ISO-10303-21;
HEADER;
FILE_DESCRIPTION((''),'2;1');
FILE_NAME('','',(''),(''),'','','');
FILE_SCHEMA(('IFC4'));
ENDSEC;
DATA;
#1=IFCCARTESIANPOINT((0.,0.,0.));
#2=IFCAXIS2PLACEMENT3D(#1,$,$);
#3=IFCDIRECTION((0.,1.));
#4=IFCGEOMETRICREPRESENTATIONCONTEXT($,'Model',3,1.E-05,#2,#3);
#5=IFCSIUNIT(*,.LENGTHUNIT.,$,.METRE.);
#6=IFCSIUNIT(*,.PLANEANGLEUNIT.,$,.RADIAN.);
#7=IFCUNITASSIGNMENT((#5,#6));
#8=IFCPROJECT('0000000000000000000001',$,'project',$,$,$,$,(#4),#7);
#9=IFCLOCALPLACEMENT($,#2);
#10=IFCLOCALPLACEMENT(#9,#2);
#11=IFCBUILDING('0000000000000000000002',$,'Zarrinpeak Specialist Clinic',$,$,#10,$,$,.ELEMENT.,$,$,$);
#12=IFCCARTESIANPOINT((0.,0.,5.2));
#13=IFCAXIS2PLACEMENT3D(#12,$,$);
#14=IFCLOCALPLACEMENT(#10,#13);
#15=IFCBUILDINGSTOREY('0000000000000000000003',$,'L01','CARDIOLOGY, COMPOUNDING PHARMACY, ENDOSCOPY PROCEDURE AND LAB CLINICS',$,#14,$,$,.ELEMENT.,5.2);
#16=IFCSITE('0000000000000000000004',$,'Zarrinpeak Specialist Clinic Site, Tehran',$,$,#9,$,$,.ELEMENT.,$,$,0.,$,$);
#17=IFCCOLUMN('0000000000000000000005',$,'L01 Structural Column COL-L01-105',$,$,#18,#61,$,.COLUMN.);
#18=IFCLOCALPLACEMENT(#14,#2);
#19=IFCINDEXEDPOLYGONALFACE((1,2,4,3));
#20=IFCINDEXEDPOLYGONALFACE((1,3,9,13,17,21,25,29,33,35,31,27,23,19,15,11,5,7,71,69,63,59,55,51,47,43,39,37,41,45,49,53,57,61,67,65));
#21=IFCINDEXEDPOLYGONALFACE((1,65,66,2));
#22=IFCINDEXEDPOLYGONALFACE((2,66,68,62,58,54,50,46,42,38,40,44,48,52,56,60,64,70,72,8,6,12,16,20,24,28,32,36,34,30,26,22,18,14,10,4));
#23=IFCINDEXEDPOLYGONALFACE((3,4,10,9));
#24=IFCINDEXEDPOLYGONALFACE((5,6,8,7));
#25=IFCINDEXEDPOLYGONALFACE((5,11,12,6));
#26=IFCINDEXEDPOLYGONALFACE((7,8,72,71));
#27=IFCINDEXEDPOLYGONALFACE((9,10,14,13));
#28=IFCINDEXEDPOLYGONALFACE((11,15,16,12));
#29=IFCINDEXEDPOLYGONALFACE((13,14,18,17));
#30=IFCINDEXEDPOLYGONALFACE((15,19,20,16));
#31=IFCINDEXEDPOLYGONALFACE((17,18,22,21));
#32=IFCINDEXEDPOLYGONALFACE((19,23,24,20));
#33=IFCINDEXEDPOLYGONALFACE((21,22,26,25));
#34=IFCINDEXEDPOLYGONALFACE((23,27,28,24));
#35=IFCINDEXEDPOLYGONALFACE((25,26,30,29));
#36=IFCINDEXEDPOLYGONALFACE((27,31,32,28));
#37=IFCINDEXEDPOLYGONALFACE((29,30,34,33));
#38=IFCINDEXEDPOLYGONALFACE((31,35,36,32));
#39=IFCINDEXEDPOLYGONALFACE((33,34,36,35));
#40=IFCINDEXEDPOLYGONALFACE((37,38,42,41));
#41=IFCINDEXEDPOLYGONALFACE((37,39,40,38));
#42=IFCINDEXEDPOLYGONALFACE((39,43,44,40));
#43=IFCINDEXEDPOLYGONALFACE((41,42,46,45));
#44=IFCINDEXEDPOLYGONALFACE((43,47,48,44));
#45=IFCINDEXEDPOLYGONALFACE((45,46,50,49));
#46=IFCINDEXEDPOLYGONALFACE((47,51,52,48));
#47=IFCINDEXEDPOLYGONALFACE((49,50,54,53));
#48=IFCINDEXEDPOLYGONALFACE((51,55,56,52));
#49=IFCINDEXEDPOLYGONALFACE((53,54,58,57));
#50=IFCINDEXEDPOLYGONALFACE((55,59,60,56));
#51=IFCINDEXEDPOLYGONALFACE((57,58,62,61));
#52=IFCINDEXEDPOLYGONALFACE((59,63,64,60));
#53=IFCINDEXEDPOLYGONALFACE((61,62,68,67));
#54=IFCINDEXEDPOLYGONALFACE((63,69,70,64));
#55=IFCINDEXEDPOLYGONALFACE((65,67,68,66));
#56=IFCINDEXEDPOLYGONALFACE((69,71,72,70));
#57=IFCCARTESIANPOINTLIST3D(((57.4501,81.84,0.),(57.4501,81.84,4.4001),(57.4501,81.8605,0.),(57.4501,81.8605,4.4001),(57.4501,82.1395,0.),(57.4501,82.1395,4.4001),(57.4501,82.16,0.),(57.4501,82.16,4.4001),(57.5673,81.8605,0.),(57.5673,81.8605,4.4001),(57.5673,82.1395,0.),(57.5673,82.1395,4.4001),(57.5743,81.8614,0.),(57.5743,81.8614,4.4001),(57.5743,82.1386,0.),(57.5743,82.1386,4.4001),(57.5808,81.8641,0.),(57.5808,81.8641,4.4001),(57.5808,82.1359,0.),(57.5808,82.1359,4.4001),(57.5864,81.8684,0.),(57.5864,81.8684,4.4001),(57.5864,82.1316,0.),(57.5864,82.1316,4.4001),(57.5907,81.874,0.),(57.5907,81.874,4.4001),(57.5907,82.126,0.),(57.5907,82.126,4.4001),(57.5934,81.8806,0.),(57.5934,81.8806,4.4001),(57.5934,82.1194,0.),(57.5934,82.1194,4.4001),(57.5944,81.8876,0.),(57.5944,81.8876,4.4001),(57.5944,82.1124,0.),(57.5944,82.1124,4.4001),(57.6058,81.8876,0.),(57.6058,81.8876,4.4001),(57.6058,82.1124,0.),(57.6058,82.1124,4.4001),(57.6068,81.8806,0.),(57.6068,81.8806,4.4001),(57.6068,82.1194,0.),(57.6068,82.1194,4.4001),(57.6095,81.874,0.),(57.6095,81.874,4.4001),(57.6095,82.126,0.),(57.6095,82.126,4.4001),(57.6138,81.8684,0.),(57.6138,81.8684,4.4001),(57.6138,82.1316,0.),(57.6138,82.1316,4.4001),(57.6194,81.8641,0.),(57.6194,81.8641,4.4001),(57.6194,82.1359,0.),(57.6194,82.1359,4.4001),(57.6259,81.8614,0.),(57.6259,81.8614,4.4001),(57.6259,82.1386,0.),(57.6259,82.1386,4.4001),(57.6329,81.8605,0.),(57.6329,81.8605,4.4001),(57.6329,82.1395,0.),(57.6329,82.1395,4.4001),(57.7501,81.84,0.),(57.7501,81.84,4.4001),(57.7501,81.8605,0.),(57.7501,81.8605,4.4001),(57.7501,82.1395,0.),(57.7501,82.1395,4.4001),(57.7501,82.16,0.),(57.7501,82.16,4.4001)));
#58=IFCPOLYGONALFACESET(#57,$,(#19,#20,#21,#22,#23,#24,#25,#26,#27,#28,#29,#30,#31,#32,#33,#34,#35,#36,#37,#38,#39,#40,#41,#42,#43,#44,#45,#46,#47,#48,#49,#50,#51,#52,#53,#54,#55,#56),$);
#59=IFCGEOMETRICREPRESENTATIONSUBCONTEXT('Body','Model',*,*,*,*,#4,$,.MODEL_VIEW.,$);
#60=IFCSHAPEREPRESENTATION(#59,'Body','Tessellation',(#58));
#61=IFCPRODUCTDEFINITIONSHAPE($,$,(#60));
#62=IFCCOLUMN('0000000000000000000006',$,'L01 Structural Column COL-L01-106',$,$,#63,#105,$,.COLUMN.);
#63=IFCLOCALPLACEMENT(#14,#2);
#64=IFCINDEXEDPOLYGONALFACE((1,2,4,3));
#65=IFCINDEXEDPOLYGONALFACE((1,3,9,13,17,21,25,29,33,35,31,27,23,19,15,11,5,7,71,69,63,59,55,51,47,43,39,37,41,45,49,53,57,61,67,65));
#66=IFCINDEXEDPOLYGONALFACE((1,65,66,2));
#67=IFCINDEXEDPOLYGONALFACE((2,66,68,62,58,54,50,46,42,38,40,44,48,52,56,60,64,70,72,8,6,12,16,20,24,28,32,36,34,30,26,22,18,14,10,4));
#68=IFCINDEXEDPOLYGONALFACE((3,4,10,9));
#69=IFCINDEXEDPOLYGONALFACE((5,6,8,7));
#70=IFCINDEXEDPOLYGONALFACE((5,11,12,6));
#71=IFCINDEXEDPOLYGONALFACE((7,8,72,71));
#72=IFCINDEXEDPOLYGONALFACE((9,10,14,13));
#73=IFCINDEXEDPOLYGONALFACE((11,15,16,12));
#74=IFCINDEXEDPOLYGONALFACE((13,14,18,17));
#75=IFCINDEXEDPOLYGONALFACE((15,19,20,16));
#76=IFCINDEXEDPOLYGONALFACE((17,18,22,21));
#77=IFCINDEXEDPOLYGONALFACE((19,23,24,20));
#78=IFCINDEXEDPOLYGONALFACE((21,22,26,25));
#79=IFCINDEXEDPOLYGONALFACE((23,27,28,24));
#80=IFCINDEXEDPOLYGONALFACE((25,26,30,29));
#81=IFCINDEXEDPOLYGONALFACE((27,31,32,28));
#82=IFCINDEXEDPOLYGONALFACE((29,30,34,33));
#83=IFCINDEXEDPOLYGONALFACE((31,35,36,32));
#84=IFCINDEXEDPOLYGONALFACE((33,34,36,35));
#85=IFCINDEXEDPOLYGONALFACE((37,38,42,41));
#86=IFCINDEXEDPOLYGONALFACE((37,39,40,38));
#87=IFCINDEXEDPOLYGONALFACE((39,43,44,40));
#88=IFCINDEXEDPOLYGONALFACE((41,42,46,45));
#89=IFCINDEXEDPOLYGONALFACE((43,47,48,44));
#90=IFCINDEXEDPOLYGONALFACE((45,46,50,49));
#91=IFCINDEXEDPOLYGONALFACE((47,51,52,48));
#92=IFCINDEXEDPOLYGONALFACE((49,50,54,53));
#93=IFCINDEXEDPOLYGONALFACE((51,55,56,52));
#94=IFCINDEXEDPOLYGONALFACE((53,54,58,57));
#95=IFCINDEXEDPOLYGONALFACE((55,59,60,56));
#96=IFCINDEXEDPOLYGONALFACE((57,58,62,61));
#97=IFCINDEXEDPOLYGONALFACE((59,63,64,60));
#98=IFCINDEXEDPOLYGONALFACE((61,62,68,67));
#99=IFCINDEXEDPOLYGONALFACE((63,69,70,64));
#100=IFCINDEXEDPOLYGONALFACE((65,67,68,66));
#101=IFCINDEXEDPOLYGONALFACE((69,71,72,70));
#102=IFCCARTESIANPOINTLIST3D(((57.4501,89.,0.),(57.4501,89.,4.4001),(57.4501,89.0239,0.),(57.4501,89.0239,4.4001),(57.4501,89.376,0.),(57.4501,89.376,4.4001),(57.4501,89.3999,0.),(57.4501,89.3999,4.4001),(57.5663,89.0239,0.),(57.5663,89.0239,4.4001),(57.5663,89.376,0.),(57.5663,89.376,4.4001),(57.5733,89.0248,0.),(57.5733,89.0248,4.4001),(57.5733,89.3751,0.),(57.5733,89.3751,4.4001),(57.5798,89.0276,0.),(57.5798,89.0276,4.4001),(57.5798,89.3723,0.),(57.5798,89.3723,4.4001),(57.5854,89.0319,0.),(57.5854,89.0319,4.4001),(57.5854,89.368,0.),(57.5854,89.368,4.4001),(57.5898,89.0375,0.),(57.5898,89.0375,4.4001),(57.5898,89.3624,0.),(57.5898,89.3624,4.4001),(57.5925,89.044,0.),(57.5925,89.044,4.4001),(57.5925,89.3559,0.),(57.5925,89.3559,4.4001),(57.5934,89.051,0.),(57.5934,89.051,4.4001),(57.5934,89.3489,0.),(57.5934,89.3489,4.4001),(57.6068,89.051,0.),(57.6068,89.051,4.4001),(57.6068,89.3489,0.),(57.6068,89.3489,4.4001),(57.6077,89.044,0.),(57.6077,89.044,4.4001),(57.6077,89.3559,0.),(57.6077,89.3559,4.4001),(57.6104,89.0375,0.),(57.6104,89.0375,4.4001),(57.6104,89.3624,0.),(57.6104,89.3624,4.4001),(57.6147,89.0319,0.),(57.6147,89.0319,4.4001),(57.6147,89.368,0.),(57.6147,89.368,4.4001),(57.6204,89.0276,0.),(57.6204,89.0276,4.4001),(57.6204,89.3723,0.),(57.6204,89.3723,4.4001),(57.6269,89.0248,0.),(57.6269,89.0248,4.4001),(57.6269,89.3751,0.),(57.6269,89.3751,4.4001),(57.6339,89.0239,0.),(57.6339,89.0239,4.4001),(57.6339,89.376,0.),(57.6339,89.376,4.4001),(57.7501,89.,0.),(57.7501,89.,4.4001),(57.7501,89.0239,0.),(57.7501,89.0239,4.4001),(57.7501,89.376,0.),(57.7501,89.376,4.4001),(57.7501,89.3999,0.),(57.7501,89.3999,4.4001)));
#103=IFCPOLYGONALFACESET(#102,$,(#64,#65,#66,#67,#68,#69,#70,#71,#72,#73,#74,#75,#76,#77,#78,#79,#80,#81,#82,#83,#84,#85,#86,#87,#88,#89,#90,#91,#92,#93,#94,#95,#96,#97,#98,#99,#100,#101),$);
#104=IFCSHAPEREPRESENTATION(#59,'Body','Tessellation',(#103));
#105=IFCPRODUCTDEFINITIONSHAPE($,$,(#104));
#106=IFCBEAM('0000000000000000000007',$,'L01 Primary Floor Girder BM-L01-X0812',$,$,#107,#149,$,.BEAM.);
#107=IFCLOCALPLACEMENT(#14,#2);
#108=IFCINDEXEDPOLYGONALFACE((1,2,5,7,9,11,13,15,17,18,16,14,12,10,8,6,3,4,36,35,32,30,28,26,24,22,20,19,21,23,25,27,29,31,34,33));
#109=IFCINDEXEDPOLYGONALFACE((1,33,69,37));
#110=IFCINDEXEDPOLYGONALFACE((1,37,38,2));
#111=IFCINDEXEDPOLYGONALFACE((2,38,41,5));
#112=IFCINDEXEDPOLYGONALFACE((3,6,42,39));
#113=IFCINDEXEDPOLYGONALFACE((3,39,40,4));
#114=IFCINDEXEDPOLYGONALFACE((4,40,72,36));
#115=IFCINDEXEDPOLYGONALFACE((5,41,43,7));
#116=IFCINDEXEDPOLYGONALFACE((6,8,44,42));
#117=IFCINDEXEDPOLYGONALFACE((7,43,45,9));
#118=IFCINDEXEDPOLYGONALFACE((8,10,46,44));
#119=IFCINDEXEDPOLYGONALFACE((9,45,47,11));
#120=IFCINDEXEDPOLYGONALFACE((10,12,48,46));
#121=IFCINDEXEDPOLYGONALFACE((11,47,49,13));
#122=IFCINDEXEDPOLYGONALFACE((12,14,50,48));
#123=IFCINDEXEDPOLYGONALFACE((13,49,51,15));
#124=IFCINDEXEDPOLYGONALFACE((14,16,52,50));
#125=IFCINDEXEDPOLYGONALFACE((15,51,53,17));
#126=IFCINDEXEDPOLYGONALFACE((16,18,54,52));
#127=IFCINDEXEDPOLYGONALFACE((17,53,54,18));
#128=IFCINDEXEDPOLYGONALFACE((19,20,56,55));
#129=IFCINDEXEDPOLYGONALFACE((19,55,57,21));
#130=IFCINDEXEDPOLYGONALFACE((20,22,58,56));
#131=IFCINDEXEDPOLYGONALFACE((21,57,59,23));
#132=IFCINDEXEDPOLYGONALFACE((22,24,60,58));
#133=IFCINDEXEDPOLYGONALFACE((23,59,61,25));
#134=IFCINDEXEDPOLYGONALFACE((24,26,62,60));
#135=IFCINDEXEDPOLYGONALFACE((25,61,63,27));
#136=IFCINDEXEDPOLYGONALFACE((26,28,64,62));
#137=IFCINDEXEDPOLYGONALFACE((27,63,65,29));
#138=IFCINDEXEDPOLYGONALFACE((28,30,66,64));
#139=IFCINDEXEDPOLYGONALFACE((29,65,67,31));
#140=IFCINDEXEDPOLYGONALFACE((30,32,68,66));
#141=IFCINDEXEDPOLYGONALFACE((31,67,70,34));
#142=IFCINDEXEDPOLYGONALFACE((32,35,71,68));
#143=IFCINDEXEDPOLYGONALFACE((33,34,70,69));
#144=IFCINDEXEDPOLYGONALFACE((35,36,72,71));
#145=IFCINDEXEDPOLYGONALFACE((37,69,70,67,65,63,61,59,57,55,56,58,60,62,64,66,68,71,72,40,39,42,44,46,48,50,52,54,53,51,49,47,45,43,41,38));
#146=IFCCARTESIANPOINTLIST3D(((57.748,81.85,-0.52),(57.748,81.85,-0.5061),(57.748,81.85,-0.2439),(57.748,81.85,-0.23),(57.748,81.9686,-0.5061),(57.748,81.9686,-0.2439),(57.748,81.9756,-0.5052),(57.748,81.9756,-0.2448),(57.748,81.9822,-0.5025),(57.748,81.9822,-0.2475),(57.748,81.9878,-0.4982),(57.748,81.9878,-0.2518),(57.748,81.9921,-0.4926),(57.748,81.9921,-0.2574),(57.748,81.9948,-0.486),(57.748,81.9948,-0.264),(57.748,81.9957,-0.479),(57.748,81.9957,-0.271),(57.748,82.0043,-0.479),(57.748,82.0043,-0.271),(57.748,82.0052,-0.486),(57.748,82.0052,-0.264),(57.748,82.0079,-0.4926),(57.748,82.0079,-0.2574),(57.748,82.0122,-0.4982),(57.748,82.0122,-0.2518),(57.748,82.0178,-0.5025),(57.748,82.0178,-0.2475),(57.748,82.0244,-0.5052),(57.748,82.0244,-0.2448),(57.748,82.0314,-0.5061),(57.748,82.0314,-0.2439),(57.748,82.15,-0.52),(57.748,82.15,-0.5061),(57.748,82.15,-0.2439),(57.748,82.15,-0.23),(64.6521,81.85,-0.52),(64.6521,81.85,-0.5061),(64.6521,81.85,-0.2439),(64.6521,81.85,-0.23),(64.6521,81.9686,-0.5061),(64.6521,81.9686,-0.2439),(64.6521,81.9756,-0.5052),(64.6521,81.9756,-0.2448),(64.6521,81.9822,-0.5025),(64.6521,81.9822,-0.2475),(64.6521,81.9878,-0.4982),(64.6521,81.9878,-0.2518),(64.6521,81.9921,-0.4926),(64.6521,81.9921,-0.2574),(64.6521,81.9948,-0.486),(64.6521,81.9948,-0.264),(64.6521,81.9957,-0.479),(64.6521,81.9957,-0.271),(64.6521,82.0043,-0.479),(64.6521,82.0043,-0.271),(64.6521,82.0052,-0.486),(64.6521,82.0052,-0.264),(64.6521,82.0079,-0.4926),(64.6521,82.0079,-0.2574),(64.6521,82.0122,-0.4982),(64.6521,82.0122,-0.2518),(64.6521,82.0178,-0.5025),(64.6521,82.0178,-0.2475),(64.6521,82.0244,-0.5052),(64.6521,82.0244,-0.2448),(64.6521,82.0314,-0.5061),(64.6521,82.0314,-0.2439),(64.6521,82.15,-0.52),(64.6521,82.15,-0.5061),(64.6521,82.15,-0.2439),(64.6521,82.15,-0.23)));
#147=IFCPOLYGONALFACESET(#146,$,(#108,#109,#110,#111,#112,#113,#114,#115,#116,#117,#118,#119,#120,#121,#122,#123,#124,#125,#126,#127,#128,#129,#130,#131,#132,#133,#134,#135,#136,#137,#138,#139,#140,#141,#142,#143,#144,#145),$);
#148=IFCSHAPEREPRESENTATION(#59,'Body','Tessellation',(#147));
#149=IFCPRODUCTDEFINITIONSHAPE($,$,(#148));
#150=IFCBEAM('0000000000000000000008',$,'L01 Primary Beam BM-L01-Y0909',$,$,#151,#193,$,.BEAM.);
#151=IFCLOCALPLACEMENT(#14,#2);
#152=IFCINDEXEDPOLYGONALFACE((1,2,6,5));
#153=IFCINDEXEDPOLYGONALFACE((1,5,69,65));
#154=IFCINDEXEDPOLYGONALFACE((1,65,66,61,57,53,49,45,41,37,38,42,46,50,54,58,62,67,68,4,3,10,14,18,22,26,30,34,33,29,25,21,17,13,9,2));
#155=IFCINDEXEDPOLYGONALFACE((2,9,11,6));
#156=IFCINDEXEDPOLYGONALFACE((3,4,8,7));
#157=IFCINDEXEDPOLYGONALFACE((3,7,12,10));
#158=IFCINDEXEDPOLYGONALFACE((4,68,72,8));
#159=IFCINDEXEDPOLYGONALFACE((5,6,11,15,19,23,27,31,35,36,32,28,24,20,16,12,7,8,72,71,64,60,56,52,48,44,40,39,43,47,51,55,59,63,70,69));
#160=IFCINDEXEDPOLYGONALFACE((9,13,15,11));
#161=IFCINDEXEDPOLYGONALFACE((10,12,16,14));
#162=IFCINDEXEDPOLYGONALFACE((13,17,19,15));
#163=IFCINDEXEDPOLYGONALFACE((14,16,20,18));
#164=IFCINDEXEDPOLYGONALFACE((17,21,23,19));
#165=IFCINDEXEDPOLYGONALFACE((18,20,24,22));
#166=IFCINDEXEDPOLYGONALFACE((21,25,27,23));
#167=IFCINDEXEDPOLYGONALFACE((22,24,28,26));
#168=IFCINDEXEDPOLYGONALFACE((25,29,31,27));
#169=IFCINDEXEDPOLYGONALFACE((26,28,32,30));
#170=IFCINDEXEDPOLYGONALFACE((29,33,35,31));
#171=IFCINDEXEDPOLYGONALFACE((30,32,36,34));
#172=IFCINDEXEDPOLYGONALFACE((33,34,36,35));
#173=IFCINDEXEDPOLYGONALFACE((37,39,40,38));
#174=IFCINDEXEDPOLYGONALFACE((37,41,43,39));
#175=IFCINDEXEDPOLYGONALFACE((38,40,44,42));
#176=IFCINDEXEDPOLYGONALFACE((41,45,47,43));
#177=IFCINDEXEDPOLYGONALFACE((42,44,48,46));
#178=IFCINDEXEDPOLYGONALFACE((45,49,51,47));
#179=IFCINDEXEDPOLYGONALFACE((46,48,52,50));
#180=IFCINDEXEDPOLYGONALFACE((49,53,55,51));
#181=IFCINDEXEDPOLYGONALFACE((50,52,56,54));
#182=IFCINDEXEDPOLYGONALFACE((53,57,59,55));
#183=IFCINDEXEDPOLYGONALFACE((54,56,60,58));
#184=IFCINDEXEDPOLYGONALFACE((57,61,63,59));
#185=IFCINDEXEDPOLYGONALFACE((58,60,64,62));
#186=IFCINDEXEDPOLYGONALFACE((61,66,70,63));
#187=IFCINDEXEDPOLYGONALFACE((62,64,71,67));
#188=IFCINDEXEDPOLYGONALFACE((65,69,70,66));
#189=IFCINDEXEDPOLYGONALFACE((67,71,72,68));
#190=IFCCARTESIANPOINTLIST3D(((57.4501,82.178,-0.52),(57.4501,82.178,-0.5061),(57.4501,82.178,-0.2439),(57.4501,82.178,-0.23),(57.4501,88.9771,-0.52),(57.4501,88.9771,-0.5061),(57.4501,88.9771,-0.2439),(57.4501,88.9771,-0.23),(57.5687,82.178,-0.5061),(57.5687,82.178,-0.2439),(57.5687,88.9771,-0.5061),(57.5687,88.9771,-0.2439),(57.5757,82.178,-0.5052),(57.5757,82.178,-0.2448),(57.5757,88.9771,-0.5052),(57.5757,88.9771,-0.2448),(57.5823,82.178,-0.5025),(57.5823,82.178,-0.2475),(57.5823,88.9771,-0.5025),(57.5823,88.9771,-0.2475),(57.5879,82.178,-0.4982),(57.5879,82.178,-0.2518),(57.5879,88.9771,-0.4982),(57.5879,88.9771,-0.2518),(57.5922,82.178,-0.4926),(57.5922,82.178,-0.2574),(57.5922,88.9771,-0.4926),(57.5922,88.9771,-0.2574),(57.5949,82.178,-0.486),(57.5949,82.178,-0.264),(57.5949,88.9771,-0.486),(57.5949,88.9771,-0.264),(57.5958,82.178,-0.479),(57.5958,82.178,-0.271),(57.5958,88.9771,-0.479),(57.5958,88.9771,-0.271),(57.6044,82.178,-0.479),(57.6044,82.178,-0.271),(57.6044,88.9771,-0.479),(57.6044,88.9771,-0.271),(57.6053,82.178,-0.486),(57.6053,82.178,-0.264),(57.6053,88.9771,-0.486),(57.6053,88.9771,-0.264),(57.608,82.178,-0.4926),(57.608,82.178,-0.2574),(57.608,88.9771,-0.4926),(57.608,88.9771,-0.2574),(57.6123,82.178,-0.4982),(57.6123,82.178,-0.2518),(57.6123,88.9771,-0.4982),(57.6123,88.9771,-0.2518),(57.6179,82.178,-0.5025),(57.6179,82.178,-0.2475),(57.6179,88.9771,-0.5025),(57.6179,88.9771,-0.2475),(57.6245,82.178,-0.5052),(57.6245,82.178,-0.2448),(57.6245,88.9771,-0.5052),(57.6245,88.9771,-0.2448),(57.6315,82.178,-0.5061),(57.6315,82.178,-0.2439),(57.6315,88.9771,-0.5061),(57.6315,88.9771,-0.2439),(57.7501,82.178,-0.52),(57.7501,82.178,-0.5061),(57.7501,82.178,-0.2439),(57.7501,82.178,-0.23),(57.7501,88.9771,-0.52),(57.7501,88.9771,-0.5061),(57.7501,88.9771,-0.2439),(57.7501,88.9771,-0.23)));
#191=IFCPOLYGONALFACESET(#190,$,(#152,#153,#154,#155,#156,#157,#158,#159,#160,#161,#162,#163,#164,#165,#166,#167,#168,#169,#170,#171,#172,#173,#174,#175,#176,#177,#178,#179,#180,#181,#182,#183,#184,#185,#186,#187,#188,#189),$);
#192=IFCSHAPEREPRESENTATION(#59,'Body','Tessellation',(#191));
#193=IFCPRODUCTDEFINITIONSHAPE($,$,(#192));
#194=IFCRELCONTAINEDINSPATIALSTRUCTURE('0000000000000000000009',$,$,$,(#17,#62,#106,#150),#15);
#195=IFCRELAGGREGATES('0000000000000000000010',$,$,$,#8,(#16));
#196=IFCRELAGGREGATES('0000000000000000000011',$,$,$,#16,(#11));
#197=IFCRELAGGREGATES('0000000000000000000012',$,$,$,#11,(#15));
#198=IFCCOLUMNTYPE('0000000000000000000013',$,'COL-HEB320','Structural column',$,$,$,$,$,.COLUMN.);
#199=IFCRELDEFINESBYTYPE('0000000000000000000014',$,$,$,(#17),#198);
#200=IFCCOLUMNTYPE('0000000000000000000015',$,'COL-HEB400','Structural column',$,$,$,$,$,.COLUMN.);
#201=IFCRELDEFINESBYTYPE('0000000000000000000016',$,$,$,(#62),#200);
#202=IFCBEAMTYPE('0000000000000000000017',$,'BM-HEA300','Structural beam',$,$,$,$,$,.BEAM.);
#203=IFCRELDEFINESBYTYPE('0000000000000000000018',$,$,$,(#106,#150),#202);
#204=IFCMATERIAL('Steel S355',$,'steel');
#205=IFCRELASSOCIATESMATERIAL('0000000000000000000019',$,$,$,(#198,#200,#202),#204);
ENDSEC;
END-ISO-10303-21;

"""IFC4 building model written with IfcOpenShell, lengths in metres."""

from ifc_helpers import new_model, si_unit, direction, frame, origin, origin_2d, place, context, subcontext, project, spatial, i_section, extrude, material, material_profile, profile_set, type_object, element, save


model = new_model("IFC4")

# Units and contexts
model_context = context("Model", 3, precision=1e-05, world=origin(), true_north=direction((0.0, 1.0)))
body_context = subcontext(model_context, "Body", "Model", "MODEL_VIEW")
ifc_project = project(units=[si_unit("LENGTHUNIT", "METRE"), si_unit("PLANEANGLEUNIT", "RADIAN")], contexts=[model_context])

# Site, building, storey
site_placement = place(None, origin())
site = spatial("IfcSite", under=ifc_project, at=site_placement, Name="Zarrinpeak Specialist Clinic Site, Tehran", CompositionType="ELEMENT", RefElevation=0.0)
building_placement = place(site_placement, origin())
building = spatial("IfcBuilding", under=site, at=building_placement, Name="Zarrinpeak Specialist Clinic", CompositionType="ELEMENT")
storey_placement = place(building_placement, frame((0.0, 0.0, 5.2)))
storey = spatial("IfcBuildingStorey", under=building, at=storey_placement, Name="L01", Description="CARDIOLOGY, COMPOUNDING PHARMACY, ENDOSCOPY PROCEDURE AND LAB CLINICS", CompositionType="ELEMENT", Elevation=5.2)

# Columns
ifc_material_1 = material(Name="Steel S355", Category="steel")
ifc_material_profile_1 = material_profile(ifc_material_1, i_section(OverallWidth=0.3, OverallDepth=0.3201, WebThickness=0.0115, FlangeThickness=0.0205, FilletRadius=0.0271, at=origin_2d()), Name="HEB 320")
ifc_profile_set_1 = profile_set([ifc_material_profile_1], Name="Steel S355")
column_type_1 = type_object("IfcColumnType", Name="COL-HEB320", Description="Structural column", PredefinedType="COLUMN", material=ifc_profile_set_1)
column_1_placement = place(storey_placement, frame((57.6001, 82.0, 0.0), z_axis=(0.0, 0.0, 1.0), x_axis=(1.0, 0.0, 0.0)))
element("IfcColumn", 1, at=column_1_placement, inside=storey, type_object=column_type_1, Name="L01 Structural Column COL-L01-105", PredefinedType="COLUMN", context=body_context, shape_type="SweptSolid", body=[
    extrude(i_section(OverallWidth=0.3, OverallDepth=0.3201, WebThickness=0.0115, FlangeThickness=0.0205, FilletRadius=0.0271, at=origin_2d()), origin(), (0.0, 0.0, 1.0), 4.4001),
])
ifc_material_profile_2 = material_profile(ifc_material_1, i_section(OverallWidth=0.3, OverallDepth=0.3999, WebThickness=0.0134, FlangeThickness=0.0239, FilletRadius=0.0271, at=origin_2d()), Name="HEB 400")
ifc_profile_set_2 = profile_set([ifc_material_profile_2], Name="Steel S355")
column_type_2 = type_object("IfcColumnType", Name="COL-HEB400", Description="Structural column", PredefinedType="COLUMN", material=ifc_profile_set_2)
column_2_placement = place(storey_placement, frame((57.6001, 89.2, 0.0), z_axis=(0.0, 0.0, 1.0), x_axis=(1.0, 0.0, 0.0)))
element("IfcColumn", 2, at=column_2_placement, inside=storey, type_object=column_type_2, Name="L01 Structural Column COL-L01-106", PredefinedType="COLUMN", context=body_context, shape_type="SweptSolid", body=[
    extrude(i_section(OverallWidth=0.3, OverallDepth=0.3999, WebThickness=0.0134, FlangeThickness=0.0239, FilletRadius=0.0271, at=origin_2d()), origin(), (0.0, 0.0, 1.0), 4.4001),
])

# Beams
ifc_material_profile_3 = material_profile(ifc_material_1, i_section(OverallWidth=0.3, OverallDepth=0.29, WebThickness=0.0085, FlangeThickness=0.0139, FilletRadius=0.0271, at=origin_2d()), Name="HEA 300")
ifc_profile_set_3 = profile_set([ifc_material_profile_3], Name="Steel S355")
beam_type_1 = type_object("IfcBeamType", Name="BM-HEA300", Description="Structural beam", PredefinedType="BEAM", material=ifc_profile_set_3)
beam_1_placement = place(storey_placement, frame((57.748, 82.0, -0.375), z_axis=(1.0, 0.0, 0.0), x_axis=(0.0, 1.0, 0.0)))
element("IfcBeam", 3, at=beam_1_placement, inside=storey, type_object=beam_type_1, Name="L01 Primary Floor Girder BM-L01-X0812", PredefinedType="BEAM", context=body_context, shape_type="SweptSolid", body=[
    extrude(i_section(OverallWidth=0.3, OverallDepth=0.29, WebThickness=0.0085, FlangeThickness=0.0139, FilletRadius=0.0271, at=origin_2d()), origin(), (0.0, 0.0, 1.0), 6.9041),
])
beam_2_placement = place(storey_placement, frame((57.6001, 82.178, -0.375), z_axis=(0.0, 1.0, 0.0), x_axis=(-1.0, 0.0, 0.0)))
element("IfcBeam", 4, at=beam_2_placement, inside=storey, type_object=beam_type_1, Name="L01 Primary Beam BM-L01-Y0909", PredefinedType="BEAM", context=body_context, shape_type="SweptSolid", body=[
    extrude(i_section(OverallWidth=0.3, OverallDepth=0.29, WebThickness=0.0085, FlangeThickness=0.0139, FilletRadius=0.0271, at=origin_2d()), origin(), (0.0, 0.0, 1.0), 6.7991),
])

save(model, "model.ifc")
